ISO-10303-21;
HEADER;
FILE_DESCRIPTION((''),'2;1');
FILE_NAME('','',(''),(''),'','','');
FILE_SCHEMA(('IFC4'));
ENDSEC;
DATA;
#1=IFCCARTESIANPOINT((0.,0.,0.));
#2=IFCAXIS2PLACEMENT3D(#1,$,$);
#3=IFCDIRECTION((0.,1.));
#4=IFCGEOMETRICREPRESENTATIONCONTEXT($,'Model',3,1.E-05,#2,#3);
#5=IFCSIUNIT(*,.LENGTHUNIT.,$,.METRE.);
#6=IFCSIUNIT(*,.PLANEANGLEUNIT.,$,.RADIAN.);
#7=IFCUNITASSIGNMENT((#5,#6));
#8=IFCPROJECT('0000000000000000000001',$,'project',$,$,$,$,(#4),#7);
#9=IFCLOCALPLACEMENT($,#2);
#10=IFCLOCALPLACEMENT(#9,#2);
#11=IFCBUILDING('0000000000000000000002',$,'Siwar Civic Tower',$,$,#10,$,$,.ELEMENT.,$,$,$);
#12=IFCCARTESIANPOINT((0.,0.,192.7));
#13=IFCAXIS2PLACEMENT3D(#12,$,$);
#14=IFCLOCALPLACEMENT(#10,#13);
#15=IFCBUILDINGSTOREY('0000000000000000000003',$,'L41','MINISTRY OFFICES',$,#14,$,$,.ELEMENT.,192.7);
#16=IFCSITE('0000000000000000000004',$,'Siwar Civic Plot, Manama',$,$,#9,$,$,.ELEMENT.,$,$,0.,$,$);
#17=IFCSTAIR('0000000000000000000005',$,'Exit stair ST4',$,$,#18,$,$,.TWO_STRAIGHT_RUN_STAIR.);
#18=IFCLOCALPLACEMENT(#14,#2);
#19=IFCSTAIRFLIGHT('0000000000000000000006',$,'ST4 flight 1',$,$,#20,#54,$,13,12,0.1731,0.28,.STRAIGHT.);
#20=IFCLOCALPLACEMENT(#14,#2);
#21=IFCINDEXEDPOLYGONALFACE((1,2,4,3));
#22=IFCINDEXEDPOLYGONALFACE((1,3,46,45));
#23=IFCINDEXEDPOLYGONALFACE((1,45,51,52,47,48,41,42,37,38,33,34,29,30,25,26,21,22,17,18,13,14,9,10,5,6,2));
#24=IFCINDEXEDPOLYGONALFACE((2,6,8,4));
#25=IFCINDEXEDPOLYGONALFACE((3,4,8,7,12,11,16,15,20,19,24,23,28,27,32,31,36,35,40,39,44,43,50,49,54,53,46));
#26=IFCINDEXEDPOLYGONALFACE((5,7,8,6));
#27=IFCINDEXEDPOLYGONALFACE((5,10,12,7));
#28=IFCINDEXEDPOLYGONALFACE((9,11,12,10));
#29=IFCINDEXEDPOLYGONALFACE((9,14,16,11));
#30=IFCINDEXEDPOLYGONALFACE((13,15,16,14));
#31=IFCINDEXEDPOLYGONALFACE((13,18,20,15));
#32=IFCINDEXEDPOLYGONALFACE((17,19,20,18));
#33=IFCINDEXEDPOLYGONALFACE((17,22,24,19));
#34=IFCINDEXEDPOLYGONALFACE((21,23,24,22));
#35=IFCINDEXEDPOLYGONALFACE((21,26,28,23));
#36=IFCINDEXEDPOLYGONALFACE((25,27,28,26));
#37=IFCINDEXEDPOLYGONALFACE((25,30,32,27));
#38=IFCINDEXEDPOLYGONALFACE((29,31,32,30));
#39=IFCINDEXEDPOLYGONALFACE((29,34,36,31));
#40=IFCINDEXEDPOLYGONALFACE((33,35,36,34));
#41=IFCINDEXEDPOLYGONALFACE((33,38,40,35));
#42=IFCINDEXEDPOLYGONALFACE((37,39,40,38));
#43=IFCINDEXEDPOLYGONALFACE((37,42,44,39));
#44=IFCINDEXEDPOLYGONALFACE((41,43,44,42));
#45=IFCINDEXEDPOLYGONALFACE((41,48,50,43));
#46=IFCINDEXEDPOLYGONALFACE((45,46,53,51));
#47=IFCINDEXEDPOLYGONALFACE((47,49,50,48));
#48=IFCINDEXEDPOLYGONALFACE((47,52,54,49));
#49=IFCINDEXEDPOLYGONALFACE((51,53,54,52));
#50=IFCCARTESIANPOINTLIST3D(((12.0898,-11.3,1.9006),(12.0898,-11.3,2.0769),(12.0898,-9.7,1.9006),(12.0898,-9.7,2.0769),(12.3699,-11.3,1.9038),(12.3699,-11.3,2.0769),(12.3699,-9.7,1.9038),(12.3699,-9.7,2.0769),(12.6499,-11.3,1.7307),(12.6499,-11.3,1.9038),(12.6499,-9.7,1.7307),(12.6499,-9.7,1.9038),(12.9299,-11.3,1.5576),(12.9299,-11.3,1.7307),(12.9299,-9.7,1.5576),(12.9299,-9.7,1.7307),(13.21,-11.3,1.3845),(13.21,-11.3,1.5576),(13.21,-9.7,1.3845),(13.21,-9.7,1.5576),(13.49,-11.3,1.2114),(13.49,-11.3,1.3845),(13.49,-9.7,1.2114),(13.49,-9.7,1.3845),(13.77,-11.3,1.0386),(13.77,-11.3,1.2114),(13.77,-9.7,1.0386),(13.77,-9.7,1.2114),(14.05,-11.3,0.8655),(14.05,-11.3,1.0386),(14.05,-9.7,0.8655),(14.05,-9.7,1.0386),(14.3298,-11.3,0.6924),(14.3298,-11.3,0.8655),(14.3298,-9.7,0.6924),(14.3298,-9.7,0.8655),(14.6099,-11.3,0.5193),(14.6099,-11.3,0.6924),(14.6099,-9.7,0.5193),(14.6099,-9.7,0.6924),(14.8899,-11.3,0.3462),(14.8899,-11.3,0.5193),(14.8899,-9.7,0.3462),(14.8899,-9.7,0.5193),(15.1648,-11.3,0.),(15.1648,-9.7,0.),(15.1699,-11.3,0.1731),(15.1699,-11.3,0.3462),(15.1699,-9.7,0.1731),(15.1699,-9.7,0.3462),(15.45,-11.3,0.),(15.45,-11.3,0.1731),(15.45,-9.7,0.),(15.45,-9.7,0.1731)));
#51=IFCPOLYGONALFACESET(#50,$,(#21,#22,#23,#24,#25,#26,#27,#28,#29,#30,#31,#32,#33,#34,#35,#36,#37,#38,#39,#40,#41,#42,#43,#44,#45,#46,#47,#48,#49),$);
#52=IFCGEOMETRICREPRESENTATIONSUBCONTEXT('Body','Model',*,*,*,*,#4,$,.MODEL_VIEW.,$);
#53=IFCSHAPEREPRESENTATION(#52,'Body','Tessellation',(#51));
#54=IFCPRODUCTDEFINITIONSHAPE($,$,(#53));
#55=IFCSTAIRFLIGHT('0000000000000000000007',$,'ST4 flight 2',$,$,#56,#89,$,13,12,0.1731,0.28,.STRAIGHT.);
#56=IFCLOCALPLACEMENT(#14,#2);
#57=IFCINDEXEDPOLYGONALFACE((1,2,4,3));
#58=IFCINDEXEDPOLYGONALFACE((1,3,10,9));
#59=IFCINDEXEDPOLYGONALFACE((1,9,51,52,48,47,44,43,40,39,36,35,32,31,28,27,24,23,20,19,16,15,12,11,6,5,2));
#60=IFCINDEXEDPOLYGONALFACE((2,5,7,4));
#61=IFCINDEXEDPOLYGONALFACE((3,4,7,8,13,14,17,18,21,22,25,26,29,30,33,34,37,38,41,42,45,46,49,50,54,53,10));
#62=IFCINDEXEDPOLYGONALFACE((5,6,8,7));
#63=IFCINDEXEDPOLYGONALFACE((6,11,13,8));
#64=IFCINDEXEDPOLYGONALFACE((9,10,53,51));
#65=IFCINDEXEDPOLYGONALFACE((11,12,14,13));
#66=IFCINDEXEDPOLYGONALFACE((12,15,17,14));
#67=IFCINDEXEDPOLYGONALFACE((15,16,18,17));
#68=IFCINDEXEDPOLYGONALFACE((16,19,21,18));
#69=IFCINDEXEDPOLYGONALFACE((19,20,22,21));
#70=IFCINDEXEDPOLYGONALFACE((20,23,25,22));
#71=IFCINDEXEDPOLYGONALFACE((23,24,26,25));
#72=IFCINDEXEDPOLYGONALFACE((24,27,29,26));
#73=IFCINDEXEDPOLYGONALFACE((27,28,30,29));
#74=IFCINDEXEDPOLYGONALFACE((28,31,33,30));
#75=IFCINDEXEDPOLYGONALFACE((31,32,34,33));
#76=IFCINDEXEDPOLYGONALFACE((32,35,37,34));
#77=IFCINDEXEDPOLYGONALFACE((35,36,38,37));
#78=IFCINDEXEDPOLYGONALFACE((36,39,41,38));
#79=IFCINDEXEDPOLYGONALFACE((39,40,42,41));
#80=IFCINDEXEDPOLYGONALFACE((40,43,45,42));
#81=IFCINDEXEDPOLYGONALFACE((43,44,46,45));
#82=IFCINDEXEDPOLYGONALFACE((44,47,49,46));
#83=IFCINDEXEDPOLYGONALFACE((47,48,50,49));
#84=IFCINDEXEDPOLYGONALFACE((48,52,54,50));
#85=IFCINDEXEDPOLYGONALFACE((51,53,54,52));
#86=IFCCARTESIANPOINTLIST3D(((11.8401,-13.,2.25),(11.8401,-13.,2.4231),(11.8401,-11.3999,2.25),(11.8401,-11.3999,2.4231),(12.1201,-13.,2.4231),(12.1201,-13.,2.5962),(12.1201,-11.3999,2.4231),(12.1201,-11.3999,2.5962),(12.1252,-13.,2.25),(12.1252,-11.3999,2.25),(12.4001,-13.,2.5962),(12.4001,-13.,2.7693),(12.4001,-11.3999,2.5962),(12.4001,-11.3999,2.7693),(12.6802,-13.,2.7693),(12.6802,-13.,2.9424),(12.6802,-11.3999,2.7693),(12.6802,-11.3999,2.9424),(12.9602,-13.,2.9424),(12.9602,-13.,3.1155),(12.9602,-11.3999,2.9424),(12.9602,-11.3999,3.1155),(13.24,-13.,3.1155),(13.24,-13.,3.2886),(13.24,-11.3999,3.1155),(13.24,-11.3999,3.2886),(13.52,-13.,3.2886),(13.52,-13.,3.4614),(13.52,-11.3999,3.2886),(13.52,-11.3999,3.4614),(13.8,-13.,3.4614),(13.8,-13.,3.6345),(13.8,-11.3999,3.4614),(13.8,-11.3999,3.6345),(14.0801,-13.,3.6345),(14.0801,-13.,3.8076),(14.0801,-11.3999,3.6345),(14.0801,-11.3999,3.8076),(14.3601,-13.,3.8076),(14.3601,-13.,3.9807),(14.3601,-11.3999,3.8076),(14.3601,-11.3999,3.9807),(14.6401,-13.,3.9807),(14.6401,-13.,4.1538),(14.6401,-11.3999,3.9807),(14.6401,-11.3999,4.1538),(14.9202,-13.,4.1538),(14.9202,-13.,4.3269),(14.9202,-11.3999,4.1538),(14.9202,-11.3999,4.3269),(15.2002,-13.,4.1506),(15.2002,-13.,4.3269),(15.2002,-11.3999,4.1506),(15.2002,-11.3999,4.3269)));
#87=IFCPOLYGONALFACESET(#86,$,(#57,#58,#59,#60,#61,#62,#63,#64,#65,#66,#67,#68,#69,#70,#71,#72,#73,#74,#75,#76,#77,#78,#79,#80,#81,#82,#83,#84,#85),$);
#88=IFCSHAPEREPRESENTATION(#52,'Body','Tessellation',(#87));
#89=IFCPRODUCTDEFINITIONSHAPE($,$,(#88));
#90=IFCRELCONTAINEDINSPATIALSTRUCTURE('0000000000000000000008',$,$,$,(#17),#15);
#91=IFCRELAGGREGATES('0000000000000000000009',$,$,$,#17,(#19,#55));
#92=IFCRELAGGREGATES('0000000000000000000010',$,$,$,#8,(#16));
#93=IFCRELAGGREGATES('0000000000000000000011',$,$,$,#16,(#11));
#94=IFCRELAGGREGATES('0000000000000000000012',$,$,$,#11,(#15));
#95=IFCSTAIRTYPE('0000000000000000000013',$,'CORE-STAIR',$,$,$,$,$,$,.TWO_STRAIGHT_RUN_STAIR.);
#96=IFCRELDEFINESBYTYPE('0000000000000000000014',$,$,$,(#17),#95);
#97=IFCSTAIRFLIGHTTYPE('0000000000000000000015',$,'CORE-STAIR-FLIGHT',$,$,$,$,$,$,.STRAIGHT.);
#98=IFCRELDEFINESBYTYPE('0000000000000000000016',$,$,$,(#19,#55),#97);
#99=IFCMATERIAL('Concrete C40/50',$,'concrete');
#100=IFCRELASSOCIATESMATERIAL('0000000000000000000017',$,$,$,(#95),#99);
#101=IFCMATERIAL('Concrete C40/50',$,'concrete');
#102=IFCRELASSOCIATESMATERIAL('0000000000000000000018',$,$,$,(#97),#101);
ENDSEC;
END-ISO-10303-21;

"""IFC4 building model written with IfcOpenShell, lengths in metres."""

from ifc_helpers import new_model, si_unit, direction, frame, origin, place, context, subcontext, project, spatial, polyline, outline, extrude, material, type_object, element, aggregate, save


model = new_model("IFC4")

# Units and contexts
model_context = context("Model", 3, precision=1e-05, world=origin(), true_north=direction((0.0, 1.0)))
body_context = subcontext(model_context, "Body", "Model", "MODEL_VIEW")
ifc_project = project(units=[si_unit("LENGTHUNIT", "METRE"), si_unit("PLANEANGLEUNIT", "RADIAN")], contexts=[model_context])

# Site, building, storey
site_placement = place(None, origin())
site = spatial("IfcSite", under=ifc_project, at=site_placement, Name="Siwar Civic Plot, Manama", CompositionType="ELEMENT", RefElevation=0.0)
building_placement = place(site_placement, origin())
building = spatial("IfcBuilding", under=site, at=building_placement, Name="Siwar Civic Tower", CompositionType="ELEMENT")
storey_placement = place(building_placement, frame((0.0, 0.0, 192.7)))
storey = spatial("IfcBuildingStorey", under=building, at=storey_placement, Name="L41", Description="MINISTRY OFFICES", CompositionType="ELEMENT", Elevation=192.7)

# Stair, stair flights
ifc_material_1 = material(Name="Concrete C40/50", Category="concrete")
stair_type = type_object("IfcStairType", Name="CORE-STAIR", PredefinedType="TWO_STRAIGHT_RUN_STAIR", material=ifc_material_1)
stair_placement = place(storey_placement, origin())
stair = element("IfcStair", 1, at=stair_placement, inside=storey, type_object=stair_type, Name="Exit stair ST4", PredefinedType="TWO_STRAIGHT_RUN_STAIR")
ifc_material_2 = material(Name="Concrete C40/50", Category="concrete")
stair_flight_type = type_object("IfcStairFlightType", Name="CORE-STAIR-FLIGHT", PredefinedType="STRAIGHT", material=ifc_material_2)
stair_flight_1_placement = place(storey_placement, frame((15.45, -10.5, 0.0), z_axis=(0.0, 0.0, 1.0), x_axis=(-1.0, 0.0, 0.0)))
stair_flight_1 = element("IfcStairFlight", 2, at=stair_flight_1_placement, type_object=stair_flight_type, Name="ST4 flight 1", NumberOfRisers=13, NumberOfTreads=12, PredefinedType="STRAIGHT", RiserHeight=0.1731, TreadLength=0.28, context=body_context, shape_type="SweptSolid", body=[
    extrude(outline(polyline([(0.0, 0.0), (0.0, 0.1731), (0.28, 0.1731), (0.28, 0.3462), (0.5601, 0.3462), (0.5601, 0.5193), (0.8401, 0.5193), (0.8401, 0.6924), (1.1201, 0.6924), (1.1201, 0.8655), (1.3999, 0.8655), (1.3999, 1.0386), (1.6799, 1.0386), (1.6799, 1.2114), (1.96, 1.2114), (1.96, 1.3845), (2.24, 1.3845), (2.24, 1.5576), (2.52, 1.5576), (2.52, 1.7307), (2.8, 1.7307), (2.8, 1.9038), (3.0801, 1.9038), (3.0801, 2.0769), (3.3601, 2.0769), (3.3601, 2.25), (3.3601, 1.9006), (0.2852, 0.0), (0.0, 0.0)])), frame((0.0, 0.8, 0.0), z_axis=(0.0, -1.0, 0.0), x_axis=(1.0, 0.0, 0.0)), (0.0, 0.0, 1.0), 1.6001),
])
stair_flight_2_placement = place(storey_placement, frame((11.8401, -12.2, 2.25), z_axis=(0.0, 0.0, 1.0), x_axis=(1.0, 0.0, 0.0)))
stair_flight_2 = element("IfcStairFlight", 3, at=stair_flight_2_placement, type_object=stair_flight_type, Name="ST4 flight 2", NumberOfRisers=13, NumberOfTreads=12, PredefinedType="STRAIGHT", RiserHeight=0.1731, TreadLength=0.28, context=body_context, shape_type="SweptSolid", body=[
    extrude(outline(polyline([(0.0, 0.0), (0.0, 0.1731), (0.28, 0.1731), (0.28, 0.3462), (0.5601, 0.3462), (0.5601, 0.5193), (0.8401, 0.5193), (0.8401, 0.6924), (1.1201, 0.6924), (1.1201, 0.8655), (1.3999, 0.8655), (1.3999, 1.0386), (1.6799, 1.0386), (1.6799, 1.2114), (1.96, 1.2114), (1.96, 1.3845), (2.24, 1.3845), (2.24, 1.5576), (2.52, 1.5576), (2.52, 1.7307), (2.8, 1.7307), (2.8, 1.9038), (3.0801, 1.9038), (3.0801, 2.0769), (3.3601, 2.0769), (3.3601, 2.25), (3.3601, 1.9006), (0.2852, 0.0), (0.0, 0.0)])), frame((0.0, 0.8, 0.0), z_axis=(0.0, -1.0, 0.0), x_axis=(1.0, 0.0, 0.0)), (0.0, 0.0, 1.0), 1.6001),
])
aggregate(stair, [stair_flight_1, stair_flight_2])

save(model, "model.ifc")
